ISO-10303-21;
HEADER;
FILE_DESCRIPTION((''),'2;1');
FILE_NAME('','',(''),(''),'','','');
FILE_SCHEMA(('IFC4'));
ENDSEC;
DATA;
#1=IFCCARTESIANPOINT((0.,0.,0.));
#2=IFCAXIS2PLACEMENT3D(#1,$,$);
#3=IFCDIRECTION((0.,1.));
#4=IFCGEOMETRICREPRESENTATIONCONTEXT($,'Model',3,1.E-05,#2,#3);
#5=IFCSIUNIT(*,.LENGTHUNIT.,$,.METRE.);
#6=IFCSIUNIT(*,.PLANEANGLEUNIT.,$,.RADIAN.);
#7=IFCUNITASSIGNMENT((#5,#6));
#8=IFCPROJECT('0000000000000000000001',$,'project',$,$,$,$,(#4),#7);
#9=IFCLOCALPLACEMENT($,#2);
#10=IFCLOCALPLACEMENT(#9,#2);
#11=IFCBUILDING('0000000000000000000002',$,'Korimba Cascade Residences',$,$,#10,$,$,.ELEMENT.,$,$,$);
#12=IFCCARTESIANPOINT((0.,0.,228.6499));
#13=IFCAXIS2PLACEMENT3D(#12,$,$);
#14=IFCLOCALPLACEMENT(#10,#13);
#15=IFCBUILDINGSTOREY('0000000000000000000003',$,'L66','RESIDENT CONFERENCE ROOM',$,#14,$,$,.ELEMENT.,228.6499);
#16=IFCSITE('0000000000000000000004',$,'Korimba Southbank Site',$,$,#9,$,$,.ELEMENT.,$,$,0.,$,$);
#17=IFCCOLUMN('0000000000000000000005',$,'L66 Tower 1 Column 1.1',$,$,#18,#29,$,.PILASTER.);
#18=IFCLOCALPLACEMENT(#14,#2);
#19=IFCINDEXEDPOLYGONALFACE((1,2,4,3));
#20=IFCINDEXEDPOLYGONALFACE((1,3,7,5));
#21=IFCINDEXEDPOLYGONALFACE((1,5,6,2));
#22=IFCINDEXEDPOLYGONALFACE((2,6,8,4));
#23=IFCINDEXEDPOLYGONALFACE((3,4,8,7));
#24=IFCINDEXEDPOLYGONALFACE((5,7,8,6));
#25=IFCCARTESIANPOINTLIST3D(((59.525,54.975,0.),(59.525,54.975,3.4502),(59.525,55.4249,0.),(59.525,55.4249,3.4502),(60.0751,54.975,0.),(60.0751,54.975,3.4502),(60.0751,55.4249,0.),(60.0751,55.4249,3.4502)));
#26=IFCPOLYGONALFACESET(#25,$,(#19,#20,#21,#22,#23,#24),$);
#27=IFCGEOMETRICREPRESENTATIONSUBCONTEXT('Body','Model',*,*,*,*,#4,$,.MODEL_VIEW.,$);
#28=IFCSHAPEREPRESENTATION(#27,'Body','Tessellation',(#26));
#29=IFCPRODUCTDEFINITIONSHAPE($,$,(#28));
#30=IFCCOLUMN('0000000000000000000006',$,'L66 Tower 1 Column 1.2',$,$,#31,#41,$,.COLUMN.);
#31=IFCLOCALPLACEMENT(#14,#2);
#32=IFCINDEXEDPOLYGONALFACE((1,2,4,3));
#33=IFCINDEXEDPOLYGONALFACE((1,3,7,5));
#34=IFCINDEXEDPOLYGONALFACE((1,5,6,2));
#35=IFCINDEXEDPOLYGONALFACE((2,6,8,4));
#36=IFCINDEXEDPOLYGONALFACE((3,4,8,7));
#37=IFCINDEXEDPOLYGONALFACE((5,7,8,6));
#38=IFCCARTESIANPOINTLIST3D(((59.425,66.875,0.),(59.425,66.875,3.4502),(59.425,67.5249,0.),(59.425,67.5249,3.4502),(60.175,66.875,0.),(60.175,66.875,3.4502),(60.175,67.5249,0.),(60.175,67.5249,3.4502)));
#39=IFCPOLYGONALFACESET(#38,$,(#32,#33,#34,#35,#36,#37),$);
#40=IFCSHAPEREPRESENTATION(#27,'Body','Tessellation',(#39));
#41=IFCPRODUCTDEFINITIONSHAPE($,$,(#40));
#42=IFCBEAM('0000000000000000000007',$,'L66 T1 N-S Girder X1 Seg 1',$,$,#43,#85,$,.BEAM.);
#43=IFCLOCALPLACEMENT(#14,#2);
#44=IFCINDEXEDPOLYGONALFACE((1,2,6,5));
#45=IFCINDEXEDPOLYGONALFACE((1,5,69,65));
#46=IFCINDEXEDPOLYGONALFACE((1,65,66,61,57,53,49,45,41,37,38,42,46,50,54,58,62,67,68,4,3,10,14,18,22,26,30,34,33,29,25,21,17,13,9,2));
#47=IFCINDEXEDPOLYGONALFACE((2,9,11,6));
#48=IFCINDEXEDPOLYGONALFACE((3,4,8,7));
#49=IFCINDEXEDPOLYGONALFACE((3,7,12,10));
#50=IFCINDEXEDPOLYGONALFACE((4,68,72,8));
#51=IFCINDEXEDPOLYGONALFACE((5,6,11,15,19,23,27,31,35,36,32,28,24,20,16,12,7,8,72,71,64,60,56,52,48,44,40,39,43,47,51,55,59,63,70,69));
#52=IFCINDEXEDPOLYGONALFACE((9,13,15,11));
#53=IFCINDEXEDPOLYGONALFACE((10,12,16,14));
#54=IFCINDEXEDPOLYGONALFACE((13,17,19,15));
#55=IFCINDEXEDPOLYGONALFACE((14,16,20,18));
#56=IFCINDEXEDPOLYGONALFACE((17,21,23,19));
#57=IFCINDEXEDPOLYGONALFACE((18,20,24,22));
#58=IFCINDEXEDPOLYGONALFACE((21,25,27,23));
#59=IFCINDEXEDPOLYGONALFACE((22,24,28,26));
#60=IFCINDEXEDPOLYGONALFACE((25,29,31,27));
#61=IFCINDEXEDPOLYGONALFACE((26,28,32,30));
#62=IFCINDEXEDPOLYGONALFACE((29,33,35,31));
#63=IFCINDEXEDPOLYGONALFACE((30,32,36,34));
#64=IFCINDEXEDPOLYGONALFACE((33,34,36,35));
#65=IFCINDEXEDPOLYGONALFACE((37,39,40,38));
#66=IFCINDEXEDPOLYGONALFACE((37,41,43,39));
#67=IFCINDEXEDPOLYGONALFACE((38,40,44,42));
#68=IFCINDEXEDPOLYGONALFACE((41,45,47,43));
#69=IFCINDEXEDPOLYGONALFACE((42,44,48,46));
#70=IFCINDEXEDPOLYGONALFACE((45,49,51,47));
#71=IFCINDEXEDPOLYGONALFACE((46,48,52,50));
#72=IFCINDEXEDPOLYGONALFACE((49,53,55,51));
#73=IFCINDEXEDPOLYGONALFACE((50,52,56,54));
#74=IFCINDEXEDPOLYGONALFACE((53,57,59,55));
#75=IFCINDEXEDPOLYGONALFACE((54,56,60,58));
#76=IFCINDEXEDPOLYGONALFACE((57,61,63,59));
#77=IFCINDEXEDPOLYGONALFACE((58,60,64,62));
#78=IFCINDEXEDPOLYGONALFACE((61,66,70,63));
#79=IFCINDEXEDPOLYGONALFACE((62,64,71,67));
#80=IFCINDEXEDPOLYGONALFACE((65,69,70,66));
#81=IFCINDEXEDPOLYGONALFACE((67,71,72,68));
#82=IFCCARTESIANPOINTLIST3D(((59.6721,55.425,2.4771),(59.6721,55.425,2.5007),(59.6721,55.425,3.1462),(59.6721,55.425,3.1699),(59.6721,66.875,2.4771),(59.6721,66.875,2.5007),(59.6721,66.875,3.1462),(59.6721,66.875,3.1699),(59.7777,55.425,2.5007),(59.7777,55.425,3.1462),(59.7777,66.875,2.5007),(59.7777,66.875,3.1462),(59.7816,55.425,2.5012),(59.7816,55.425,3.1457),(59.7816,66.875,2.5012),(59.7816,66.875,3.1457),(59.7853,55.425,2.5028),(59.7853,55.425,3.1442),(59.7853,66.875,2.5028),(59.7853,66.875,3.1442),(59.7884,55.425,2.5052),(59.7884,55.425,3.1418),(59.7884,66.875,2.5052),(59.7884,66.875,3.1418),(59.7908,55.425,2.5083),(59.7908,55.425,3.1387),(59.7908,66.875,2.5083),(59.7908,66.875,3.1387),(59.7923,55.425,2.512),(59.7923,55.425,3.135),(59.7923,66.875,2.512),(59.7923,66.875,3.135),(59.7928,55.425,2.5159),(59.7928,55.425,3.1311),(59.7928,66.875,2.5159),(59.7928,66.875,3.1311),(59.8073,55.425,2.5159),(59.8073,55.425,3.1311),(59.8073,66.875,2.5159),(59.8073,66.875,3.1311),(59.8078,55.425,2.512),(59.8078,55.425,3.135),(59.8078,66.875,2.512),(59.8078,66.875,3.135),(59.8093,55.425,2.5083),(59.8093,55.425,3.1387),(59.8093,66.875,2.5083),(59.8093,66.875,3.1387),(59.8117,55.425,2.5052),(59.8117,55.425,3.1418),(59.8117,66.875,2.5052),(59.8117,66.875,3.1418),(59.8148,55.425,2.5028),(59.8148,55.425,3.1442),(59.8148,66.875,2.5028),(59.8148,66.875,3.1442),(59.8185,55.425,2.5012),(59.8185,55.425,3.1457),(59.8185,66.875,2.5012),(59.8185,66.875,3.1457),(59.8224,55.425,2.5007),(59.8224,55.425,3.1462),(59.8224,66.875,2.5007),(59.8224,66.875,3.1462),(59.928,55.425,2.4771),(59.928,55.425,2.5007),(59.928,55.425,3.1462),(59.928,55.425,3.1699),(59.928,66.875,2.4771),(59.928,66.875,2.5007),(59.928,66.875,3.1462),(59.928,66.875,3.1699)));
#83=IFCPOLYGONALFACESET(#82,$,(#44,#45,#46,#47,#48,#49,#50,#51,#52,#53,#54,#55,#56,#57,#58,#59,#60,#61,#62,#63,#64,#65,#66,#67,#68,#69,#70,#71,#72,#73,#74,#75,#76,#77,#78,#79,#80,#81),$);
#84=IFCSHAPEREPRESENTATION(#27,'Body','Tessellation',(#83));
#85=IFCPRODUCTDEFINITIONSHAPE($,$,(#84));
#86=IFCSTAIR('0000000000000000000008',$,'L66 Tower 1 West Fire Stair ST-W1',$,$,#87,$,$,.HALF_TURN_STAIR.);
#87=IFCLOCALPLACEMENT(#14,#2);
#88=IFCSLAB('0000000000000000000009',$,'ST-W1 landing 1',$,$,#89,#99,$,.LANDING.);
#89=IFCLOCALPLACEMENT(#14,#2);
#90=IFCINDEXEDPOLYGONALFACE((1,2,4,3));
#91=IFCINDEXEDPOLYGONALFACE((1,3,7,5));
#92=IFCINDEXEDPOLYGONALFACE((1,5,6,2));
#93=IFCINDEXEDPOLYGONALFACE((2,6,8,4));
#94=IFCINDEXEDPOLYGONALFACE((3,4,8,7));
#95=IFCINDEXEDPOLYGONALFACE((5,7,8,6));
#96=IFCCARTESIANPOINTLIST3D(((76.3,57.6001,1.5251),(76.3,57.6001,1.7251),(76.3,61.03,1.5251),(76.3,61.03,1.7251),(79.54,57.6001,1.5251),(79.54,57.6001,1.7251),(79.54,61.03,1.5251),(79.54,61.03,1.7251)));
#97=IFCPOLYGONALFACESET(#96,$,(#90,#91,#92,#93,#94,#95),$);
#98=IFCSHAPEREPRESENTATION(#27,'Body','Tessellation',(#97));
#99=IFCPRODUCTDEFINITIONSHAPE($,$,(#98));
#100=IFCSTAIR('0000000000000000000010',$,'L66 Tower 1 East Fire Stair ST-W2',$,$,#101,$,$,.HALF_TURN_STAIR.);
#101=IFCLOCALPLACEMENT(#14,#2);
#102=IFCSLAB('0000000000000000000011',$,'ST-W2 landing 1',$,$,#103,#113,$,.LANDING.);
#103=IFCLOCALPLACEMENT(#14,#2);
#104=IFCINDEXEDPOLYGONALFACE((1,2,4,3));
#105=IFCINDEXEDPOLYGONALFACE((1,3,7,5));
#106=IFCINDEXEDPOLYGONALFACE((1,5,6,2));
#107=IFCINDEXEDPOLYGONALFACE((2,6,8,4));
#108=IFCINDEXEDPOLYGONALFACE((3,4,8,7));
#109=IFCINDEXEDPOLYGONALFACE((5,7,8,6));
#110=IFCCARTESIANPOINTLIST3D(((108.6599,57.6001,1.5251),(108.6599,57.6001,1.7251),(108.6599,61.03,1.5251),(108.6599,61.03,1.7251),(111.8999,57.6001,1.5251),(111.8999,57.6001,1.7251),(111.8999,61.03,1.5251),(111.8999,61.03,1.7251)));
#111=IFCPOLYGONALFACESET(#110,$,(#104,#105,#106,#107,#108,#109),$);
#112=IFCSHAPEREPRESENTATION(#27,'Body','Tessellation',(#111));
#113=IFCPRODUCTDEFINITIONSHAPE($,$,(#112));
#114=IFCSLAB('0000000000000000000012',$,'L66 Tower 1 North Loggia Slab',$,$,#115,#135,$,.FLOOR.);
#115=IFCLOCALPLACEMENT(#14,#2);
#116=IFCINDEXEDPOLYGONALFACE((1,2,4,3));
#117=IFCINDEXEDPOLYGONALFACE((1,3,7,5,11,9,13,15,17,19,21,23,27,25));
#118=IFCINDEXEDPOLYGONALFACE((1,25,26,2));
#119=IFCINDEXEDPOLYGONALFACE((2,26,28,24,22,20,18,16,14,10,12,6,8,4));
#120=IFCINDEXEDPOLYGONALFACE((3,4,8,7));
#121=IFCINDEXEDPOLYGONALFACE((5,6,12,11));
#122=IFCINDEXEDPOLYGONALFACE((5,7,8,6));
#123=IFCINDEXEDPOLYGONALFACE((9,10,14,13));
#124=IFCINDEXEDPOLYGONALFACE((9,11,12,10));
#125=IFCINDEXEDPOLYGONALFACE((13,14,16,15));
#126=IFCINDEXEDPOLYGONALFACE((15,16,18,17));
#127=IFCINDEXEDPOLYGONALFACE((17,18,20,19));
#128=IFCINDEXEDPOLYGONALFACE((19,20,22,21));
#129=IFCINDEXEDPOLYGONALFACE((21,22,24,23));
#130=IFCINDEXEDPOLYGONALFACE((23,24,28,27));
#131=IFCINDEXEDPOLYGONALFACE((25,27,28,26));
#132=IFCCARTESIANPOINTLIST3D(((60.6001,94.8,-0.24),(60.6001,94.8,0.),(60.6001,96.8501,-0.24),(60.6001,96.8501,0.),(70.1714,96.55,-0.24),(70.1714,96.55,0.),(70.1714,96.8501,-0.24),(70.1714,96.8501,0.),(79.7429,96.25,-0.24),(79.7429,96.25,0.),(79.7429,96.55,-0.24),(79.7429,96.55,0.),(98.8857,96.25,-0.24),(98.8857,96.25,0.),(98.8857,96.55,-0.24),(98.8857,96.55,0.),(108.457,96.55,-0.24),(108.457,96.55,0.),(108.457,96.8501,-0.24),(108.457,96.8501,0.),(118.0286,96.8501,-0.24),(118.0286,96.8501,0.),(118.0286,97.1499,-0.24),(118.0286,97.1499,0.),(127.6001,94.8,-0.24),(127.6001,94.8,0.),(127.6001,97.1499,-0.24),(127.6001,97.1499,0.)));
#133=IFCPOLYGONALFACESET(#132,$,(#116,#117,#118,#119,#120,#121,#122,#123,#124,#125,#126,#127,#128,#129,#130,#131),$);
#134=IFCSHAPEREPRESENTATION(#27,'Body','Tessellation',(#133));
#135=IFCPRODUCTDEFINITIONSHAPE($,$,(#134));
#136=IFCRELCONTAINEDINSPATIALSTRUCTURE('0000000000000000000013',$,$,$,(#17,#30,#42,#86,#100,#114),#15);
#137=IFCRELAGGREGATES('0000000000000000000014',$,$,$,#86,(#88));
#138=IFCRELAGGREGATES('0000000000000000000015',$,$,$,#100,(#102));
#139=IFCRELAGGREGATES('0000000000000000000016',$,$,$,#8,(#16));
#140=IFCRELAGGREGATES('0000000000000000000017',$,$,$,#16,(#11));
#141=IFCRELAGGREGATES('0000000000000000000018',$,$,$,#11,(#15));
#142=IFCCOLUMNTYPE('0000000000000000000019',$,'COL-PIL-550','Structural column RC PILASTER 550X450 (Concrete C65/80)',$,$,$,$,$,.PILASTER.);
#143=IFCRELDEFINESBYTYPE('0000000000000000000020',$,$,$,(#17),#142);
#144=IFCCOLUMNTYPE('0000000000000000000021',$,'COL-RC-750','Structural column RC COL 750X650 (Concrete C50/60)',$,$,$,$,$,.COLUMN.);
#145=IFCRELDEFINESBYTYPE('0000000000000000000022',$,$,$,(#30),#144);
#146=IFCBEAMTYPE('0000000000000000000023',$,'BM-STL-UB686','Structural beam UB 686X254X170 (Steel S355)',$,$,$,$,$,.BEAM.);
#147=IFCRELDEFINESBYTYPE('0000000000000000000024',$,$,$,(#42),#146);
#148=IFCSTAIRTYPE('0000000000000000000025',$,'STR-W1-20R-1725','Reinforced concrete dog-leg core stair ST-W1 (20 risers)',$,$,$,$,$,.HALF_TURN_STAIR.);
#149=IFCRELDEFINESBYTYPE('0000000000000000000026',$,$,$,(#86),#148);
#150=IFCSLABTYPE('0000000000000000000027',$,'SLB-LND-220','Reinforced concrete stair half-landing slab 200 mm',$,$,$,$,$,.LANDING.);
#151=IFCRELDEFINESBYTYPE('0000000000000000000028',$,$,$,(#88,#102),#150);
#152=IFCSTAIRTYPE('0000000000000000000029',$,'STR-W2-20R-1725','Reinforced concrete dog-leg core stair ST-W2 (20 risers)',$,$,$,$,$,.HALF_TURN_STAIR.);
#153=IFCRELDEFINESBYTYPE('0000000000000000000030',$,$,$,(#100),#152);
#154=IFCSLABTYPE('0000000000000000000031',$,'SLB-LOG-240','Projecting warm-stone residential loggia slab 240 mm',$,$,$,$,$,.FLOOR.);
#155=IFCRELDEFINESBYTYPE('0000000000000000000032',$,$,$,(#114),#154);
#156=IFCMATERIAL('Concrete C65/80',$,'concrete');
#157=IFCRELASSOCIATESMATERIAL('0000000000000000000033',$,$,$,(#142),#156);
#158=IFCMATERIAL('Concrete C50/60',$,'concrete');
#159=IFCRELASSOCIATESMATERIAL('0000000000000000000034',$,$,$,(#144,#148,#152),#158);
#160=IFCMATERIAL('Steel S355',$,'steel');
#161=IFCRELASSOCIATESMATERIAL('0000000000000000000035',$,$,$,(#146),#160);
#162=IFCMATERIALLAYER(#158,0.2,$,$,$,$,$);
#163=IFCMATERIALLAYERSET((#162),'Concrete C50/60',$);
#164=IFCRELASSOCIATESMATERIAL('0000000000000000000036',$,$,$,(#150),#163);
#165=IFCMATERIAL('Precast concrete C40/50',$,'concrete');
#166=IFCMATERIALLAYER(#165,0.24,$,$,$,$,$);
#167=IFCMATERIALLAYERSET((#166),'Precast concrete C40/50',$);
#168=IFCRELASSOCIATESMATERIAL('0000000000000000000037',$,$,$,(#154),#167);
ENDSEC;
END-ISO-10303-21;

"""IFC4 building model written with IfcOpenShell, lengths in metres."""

from ifc_helpers import new_model, si_unit, direction, frame, origin, origin_2d, place, context, subcontext, project, spatial, polyline, rectangle, i_section, outline, extrude, material, layer, layer_set, material_profile, profile_set, type_object, element, aggregate, save


model = new_model("IFC4")

# Units and contexts
model_context = context("Model", 3, precision=1e-05, world=origin(), true_north=direction((0.0, 1.0)))
body_context = subcontext(model_context, "Body", "Model", "MODEL_VIEW")
ifc_project = project(units=[si_unit("LENGTHUNIT", "METRE"), si_unit("PLANEANGLEUNIT", "RADIAN")], contexts=[model_context])

# Site, building, storey
site_placement = place(None, origin())
site = spatial("IfcSite", under=ifc_project, at=site_placement, Name="Korimba Southbank Site", CompositionType="ELEMENT", RefElevation=0.0)
building_placement = place(site_placement, origin())
building = spatial("IfcBuilding", under=site, at=building_placement, Name="Korimba Cascade Residences", CompositionType="ELEMENT")
storey_placement = place(building_placement, frame((0.0, 0.0, 228.6499)))
storey = spatial("IfcBuildingStorey", under=building, at=storey_placement, Name="L66", Description="RESIDENT CONFERENCE ROOM", CompositionType="ELEMENT", Elevation=228.6499)

# Columns
ifc_material_1 = material(Name="Concrete C65/80", Category="concrete")
ifc_material_profile_1 = material_profile(ifc_material_1, rectangle(XDim=0.55, YDim=0.45, at=origin_2d()), Name="Concrete C65/80")
ifc_profile_set_1 = profile_set([ifc_material_profile_1], Name="Concrete C65/80")
column_type_1 = type_object("IfcColumnType", Name="COL-PIL-550", Description="Structural column RC PILASTER 550X450 (Concrete C65/80)", PredefinedType="PILASTER", material=ifc_profile_set_1)
column_1_placement = place(storey_placement, frame((59.8, 55.2, 0.0), z_axis=(0.0, 0.0, 1.0), x_axis=(1.0, 0.0, 0.0)))
element("IfcColumn", 1, at=column_1_placement, inside=storey, type_object=column_type_1, Name="L66 Tower 1 Column 1.1", PredefinedType="PILASTER", context=body_context, shape_type="SweptSolid", body=[
    extrude(rectangle(XDim=0.55, YDim=0.45, at=origin_2d()), origin(), (0.0, 0.0, 1.0), 3.4502),
])
ifc_material_2 = material(Name="Concrete C50/60", Category="concrete")
ifc_material_profile_2 = material_profile(ifc_material_2, rectangle(XDim=0.75, YDim=0.6499, at=origin_2d()), Name="Concrete C50/60")
ifc_profile_set_2 = profile_set([ifc_material_profile_2], Name="Concrete C50/60")
column_type_2 = type_object("IfcColumnType", Name="COL-RC-750", Description="Structural column RC COL 750X650 (Concrete C50/60)", PredefinedType="COLUMN", material=ifc_profile_set_2)
column_2_placement = place(storey_placement, frame((59.8, 67.2, 0.0), z_axis=(0.0, 0.0, 1.0), x_axis=(1.0, 0.0, 0.0)))
element("IfcColumn", 2, at=column_2_placement, inside=storey, type_object=column_type_2, Name="L66 Tower 1 Column 1.2", PredefinedType="COLUMN", context=body_context, shape_type="SweptSolid", body=[
    extrude(rectangle(XDim=0.75, YDim=0.6499, at=origin_2d()), origin(), (0.0, 0.0, 1.0), 3.4502),
])

# Beam
ifc_material_3 = material(Name="Steel S355", Category="steel")
ifc_material_profile_3 = material_profile(ifc_material_3, i_section(OverallWidth=0.2559, OverallDepth=0.6929, WebThickness=0.0144, FlangeThickness=0.0237, FilletRadius=0.0151, at=origin_2d()), Name="Steel S355")
ifc_profile_set_3 = profile_set([ifc_material_profile_3], Name="Steel S355")
beam_type = type_object("IfcBeamType", Name="BM-STL-UB686", Description="Structural beam UB 686X254X170 (Steel S355)", PredefinedType="BEAM", material=ifc_profile_set_3)
beam_placement = place(storey_placement, frame((59.8, 55.425, 2.8235), z_axis=(0.0, 1.0, 0.0), x_axis=(-1.0, 0.0, 0.0)))
element("IfcBeam", 3, at=beam_placement, inside=storey, type_object=beam_type, Name="L66 T1 N-S Girder X1 Seg 1", PredefinedType="BEAM", context=body_context, shape_type="SweptSolid", body=[
    extrude(i_section(OverallWidth=0.2559, OverallDepth=0.6929, WebThickness=0.0144, FlangeThickness=0.0237, FilletRadius=0.0151, at=origin_2d()), origin(), (0.0, 0.0, 1.0), 11.45),
])

# Stairs, slabs
stair_type_1 = type_object("IfcStairType", Name="STR-W1-20R-1725", Description="Reinforced concrete dog-leg core stair ST-W1 (20 risers)", PredefinedType="HALF_TURN_STAIR", material=ifc_material_2)
stair_1_placement = place(storey_placement, origin())
stair_1 = element("IfcStair", 4, at=stair_1_placement, inside=storey, type_object=stair_type_1, Name="L66 Tower 1 West Fire Stair ST-W1", PredefinedType="HALF_TURN_STAIR")
ifc_layer_1 = layer(ifc_material_2, 0.2)
ifc_layer_set_1 = layer_set([ifc_layer_1], Name="Concrete C50/60")
slab_type_1 = type_object("IfcSlabType", Name="SLB-LND-220", Description="Reinforced concrete stair half-landing slab 200 mm", PredefinedType="LANDING", material=ifc_layer_set_1)
slab_1_placement = place(storey_placement, frame((0.0, 0.0, 1.5251)))
slab_1 = element("IfcSlab", 5, at=slab_1_placement, type_object=slab_type_1, Name="ST-W1 landing 1", PredefinedType="LANDING", context=body_context, shape_type="SweptSolid", body=[
    extrude(outline(polyline([(76.3, 61.03), (76.3, 57.6001), (79.54, 57.6001), (79.54, 61.03), (76.3, 61.03)])), origin(), (0.0, 0.0, 1.0), 0.2),
])
aggregate(stair_1, [slab_1])
stair_type_2 = type_object("IfcStairType", Name="STR-W2-20R-1725", Description="Reinforced concrete dog-leg core stair ST-W2 (20 risers)", PredefinedType="HALF_TURN_STAIR", material=ifc_material_2)
stair_2_placement = place(storey_placement, origin())
stair_2 = element("IfcStair", 6, at=stair_2_placement, inside=storey, type_object=stair_type_2, Name="L66 Tower 1 East Fire Stair ST-W2", PredefinedType="HALF_TURN_STAIR")
slab_2_placement = place(storey_placement, frame((0.0, 0.0, 1.5251)))
slab_2 = element("IfcSlab", 7, at=slab_2_placement, type_object=slab_type_1, Name="ST-W2 landing 1", PredefinedType="LANDING", context=body_context, shape_type="SweptSolid", body=[
    extrude(outline(polyline([(108.6599, 61.03), (108.6599, 57.6001), (111.8999, 57.6001), (111.8999, 61.03), (108.6599, 61.03)])), origin(), (0.0, 0.0, 1.0), 0.2),
])
aggregate(stair_2, [slab_2])

# Slab
ifc_material_4 = material(Name="Precast concrete C40/50", Category="concrete")
ifc_layer_2 = layer(ifc_material_4, 0.24)
ifc_layer_set_2 = layer_set([ifc_layer_2], Name="Precast concrete C40/50")
slab_type_2 = type_object("IfcSlabType", Name="SLB-LOG-240", Description="Projecting warm-stone residential loggia slab 240 mm", PredefinedType="FLOOR", material=ifc_layer_set_2)
slab_3_placement = place(storey_placement, frame((0.0, 0.0, -0.24)))
element("IfcSlab", 8, at=slab_3_placement, inside=storey, type_object=slab_type_2, Name="L66 Tower 1 North Loggia Slab", PredefinedType="FLOOR", context=body_context, shape_type="SweptSolid", body=[
    extrude(outline(polyline([(60.6001, 94.8), (127.6001, 94.8), (127.6001, 97.1499), (118.0286, 97.1499), (118.0286, 96.8501), (108.457, 96.8501), (108.457, 96.55), (98.8857, 96.55), (98.8857, 96.25), (79.7429, 96.25), (79.7429, 96.55), (70.1714, 96.55), (70.1714, 96.8501), (60.6001, 96.8501), (60.6001, 94.8)])), origin(), (0.0, 0.0, 1.0), 0.24),
])

save(model, "model.ifc")
